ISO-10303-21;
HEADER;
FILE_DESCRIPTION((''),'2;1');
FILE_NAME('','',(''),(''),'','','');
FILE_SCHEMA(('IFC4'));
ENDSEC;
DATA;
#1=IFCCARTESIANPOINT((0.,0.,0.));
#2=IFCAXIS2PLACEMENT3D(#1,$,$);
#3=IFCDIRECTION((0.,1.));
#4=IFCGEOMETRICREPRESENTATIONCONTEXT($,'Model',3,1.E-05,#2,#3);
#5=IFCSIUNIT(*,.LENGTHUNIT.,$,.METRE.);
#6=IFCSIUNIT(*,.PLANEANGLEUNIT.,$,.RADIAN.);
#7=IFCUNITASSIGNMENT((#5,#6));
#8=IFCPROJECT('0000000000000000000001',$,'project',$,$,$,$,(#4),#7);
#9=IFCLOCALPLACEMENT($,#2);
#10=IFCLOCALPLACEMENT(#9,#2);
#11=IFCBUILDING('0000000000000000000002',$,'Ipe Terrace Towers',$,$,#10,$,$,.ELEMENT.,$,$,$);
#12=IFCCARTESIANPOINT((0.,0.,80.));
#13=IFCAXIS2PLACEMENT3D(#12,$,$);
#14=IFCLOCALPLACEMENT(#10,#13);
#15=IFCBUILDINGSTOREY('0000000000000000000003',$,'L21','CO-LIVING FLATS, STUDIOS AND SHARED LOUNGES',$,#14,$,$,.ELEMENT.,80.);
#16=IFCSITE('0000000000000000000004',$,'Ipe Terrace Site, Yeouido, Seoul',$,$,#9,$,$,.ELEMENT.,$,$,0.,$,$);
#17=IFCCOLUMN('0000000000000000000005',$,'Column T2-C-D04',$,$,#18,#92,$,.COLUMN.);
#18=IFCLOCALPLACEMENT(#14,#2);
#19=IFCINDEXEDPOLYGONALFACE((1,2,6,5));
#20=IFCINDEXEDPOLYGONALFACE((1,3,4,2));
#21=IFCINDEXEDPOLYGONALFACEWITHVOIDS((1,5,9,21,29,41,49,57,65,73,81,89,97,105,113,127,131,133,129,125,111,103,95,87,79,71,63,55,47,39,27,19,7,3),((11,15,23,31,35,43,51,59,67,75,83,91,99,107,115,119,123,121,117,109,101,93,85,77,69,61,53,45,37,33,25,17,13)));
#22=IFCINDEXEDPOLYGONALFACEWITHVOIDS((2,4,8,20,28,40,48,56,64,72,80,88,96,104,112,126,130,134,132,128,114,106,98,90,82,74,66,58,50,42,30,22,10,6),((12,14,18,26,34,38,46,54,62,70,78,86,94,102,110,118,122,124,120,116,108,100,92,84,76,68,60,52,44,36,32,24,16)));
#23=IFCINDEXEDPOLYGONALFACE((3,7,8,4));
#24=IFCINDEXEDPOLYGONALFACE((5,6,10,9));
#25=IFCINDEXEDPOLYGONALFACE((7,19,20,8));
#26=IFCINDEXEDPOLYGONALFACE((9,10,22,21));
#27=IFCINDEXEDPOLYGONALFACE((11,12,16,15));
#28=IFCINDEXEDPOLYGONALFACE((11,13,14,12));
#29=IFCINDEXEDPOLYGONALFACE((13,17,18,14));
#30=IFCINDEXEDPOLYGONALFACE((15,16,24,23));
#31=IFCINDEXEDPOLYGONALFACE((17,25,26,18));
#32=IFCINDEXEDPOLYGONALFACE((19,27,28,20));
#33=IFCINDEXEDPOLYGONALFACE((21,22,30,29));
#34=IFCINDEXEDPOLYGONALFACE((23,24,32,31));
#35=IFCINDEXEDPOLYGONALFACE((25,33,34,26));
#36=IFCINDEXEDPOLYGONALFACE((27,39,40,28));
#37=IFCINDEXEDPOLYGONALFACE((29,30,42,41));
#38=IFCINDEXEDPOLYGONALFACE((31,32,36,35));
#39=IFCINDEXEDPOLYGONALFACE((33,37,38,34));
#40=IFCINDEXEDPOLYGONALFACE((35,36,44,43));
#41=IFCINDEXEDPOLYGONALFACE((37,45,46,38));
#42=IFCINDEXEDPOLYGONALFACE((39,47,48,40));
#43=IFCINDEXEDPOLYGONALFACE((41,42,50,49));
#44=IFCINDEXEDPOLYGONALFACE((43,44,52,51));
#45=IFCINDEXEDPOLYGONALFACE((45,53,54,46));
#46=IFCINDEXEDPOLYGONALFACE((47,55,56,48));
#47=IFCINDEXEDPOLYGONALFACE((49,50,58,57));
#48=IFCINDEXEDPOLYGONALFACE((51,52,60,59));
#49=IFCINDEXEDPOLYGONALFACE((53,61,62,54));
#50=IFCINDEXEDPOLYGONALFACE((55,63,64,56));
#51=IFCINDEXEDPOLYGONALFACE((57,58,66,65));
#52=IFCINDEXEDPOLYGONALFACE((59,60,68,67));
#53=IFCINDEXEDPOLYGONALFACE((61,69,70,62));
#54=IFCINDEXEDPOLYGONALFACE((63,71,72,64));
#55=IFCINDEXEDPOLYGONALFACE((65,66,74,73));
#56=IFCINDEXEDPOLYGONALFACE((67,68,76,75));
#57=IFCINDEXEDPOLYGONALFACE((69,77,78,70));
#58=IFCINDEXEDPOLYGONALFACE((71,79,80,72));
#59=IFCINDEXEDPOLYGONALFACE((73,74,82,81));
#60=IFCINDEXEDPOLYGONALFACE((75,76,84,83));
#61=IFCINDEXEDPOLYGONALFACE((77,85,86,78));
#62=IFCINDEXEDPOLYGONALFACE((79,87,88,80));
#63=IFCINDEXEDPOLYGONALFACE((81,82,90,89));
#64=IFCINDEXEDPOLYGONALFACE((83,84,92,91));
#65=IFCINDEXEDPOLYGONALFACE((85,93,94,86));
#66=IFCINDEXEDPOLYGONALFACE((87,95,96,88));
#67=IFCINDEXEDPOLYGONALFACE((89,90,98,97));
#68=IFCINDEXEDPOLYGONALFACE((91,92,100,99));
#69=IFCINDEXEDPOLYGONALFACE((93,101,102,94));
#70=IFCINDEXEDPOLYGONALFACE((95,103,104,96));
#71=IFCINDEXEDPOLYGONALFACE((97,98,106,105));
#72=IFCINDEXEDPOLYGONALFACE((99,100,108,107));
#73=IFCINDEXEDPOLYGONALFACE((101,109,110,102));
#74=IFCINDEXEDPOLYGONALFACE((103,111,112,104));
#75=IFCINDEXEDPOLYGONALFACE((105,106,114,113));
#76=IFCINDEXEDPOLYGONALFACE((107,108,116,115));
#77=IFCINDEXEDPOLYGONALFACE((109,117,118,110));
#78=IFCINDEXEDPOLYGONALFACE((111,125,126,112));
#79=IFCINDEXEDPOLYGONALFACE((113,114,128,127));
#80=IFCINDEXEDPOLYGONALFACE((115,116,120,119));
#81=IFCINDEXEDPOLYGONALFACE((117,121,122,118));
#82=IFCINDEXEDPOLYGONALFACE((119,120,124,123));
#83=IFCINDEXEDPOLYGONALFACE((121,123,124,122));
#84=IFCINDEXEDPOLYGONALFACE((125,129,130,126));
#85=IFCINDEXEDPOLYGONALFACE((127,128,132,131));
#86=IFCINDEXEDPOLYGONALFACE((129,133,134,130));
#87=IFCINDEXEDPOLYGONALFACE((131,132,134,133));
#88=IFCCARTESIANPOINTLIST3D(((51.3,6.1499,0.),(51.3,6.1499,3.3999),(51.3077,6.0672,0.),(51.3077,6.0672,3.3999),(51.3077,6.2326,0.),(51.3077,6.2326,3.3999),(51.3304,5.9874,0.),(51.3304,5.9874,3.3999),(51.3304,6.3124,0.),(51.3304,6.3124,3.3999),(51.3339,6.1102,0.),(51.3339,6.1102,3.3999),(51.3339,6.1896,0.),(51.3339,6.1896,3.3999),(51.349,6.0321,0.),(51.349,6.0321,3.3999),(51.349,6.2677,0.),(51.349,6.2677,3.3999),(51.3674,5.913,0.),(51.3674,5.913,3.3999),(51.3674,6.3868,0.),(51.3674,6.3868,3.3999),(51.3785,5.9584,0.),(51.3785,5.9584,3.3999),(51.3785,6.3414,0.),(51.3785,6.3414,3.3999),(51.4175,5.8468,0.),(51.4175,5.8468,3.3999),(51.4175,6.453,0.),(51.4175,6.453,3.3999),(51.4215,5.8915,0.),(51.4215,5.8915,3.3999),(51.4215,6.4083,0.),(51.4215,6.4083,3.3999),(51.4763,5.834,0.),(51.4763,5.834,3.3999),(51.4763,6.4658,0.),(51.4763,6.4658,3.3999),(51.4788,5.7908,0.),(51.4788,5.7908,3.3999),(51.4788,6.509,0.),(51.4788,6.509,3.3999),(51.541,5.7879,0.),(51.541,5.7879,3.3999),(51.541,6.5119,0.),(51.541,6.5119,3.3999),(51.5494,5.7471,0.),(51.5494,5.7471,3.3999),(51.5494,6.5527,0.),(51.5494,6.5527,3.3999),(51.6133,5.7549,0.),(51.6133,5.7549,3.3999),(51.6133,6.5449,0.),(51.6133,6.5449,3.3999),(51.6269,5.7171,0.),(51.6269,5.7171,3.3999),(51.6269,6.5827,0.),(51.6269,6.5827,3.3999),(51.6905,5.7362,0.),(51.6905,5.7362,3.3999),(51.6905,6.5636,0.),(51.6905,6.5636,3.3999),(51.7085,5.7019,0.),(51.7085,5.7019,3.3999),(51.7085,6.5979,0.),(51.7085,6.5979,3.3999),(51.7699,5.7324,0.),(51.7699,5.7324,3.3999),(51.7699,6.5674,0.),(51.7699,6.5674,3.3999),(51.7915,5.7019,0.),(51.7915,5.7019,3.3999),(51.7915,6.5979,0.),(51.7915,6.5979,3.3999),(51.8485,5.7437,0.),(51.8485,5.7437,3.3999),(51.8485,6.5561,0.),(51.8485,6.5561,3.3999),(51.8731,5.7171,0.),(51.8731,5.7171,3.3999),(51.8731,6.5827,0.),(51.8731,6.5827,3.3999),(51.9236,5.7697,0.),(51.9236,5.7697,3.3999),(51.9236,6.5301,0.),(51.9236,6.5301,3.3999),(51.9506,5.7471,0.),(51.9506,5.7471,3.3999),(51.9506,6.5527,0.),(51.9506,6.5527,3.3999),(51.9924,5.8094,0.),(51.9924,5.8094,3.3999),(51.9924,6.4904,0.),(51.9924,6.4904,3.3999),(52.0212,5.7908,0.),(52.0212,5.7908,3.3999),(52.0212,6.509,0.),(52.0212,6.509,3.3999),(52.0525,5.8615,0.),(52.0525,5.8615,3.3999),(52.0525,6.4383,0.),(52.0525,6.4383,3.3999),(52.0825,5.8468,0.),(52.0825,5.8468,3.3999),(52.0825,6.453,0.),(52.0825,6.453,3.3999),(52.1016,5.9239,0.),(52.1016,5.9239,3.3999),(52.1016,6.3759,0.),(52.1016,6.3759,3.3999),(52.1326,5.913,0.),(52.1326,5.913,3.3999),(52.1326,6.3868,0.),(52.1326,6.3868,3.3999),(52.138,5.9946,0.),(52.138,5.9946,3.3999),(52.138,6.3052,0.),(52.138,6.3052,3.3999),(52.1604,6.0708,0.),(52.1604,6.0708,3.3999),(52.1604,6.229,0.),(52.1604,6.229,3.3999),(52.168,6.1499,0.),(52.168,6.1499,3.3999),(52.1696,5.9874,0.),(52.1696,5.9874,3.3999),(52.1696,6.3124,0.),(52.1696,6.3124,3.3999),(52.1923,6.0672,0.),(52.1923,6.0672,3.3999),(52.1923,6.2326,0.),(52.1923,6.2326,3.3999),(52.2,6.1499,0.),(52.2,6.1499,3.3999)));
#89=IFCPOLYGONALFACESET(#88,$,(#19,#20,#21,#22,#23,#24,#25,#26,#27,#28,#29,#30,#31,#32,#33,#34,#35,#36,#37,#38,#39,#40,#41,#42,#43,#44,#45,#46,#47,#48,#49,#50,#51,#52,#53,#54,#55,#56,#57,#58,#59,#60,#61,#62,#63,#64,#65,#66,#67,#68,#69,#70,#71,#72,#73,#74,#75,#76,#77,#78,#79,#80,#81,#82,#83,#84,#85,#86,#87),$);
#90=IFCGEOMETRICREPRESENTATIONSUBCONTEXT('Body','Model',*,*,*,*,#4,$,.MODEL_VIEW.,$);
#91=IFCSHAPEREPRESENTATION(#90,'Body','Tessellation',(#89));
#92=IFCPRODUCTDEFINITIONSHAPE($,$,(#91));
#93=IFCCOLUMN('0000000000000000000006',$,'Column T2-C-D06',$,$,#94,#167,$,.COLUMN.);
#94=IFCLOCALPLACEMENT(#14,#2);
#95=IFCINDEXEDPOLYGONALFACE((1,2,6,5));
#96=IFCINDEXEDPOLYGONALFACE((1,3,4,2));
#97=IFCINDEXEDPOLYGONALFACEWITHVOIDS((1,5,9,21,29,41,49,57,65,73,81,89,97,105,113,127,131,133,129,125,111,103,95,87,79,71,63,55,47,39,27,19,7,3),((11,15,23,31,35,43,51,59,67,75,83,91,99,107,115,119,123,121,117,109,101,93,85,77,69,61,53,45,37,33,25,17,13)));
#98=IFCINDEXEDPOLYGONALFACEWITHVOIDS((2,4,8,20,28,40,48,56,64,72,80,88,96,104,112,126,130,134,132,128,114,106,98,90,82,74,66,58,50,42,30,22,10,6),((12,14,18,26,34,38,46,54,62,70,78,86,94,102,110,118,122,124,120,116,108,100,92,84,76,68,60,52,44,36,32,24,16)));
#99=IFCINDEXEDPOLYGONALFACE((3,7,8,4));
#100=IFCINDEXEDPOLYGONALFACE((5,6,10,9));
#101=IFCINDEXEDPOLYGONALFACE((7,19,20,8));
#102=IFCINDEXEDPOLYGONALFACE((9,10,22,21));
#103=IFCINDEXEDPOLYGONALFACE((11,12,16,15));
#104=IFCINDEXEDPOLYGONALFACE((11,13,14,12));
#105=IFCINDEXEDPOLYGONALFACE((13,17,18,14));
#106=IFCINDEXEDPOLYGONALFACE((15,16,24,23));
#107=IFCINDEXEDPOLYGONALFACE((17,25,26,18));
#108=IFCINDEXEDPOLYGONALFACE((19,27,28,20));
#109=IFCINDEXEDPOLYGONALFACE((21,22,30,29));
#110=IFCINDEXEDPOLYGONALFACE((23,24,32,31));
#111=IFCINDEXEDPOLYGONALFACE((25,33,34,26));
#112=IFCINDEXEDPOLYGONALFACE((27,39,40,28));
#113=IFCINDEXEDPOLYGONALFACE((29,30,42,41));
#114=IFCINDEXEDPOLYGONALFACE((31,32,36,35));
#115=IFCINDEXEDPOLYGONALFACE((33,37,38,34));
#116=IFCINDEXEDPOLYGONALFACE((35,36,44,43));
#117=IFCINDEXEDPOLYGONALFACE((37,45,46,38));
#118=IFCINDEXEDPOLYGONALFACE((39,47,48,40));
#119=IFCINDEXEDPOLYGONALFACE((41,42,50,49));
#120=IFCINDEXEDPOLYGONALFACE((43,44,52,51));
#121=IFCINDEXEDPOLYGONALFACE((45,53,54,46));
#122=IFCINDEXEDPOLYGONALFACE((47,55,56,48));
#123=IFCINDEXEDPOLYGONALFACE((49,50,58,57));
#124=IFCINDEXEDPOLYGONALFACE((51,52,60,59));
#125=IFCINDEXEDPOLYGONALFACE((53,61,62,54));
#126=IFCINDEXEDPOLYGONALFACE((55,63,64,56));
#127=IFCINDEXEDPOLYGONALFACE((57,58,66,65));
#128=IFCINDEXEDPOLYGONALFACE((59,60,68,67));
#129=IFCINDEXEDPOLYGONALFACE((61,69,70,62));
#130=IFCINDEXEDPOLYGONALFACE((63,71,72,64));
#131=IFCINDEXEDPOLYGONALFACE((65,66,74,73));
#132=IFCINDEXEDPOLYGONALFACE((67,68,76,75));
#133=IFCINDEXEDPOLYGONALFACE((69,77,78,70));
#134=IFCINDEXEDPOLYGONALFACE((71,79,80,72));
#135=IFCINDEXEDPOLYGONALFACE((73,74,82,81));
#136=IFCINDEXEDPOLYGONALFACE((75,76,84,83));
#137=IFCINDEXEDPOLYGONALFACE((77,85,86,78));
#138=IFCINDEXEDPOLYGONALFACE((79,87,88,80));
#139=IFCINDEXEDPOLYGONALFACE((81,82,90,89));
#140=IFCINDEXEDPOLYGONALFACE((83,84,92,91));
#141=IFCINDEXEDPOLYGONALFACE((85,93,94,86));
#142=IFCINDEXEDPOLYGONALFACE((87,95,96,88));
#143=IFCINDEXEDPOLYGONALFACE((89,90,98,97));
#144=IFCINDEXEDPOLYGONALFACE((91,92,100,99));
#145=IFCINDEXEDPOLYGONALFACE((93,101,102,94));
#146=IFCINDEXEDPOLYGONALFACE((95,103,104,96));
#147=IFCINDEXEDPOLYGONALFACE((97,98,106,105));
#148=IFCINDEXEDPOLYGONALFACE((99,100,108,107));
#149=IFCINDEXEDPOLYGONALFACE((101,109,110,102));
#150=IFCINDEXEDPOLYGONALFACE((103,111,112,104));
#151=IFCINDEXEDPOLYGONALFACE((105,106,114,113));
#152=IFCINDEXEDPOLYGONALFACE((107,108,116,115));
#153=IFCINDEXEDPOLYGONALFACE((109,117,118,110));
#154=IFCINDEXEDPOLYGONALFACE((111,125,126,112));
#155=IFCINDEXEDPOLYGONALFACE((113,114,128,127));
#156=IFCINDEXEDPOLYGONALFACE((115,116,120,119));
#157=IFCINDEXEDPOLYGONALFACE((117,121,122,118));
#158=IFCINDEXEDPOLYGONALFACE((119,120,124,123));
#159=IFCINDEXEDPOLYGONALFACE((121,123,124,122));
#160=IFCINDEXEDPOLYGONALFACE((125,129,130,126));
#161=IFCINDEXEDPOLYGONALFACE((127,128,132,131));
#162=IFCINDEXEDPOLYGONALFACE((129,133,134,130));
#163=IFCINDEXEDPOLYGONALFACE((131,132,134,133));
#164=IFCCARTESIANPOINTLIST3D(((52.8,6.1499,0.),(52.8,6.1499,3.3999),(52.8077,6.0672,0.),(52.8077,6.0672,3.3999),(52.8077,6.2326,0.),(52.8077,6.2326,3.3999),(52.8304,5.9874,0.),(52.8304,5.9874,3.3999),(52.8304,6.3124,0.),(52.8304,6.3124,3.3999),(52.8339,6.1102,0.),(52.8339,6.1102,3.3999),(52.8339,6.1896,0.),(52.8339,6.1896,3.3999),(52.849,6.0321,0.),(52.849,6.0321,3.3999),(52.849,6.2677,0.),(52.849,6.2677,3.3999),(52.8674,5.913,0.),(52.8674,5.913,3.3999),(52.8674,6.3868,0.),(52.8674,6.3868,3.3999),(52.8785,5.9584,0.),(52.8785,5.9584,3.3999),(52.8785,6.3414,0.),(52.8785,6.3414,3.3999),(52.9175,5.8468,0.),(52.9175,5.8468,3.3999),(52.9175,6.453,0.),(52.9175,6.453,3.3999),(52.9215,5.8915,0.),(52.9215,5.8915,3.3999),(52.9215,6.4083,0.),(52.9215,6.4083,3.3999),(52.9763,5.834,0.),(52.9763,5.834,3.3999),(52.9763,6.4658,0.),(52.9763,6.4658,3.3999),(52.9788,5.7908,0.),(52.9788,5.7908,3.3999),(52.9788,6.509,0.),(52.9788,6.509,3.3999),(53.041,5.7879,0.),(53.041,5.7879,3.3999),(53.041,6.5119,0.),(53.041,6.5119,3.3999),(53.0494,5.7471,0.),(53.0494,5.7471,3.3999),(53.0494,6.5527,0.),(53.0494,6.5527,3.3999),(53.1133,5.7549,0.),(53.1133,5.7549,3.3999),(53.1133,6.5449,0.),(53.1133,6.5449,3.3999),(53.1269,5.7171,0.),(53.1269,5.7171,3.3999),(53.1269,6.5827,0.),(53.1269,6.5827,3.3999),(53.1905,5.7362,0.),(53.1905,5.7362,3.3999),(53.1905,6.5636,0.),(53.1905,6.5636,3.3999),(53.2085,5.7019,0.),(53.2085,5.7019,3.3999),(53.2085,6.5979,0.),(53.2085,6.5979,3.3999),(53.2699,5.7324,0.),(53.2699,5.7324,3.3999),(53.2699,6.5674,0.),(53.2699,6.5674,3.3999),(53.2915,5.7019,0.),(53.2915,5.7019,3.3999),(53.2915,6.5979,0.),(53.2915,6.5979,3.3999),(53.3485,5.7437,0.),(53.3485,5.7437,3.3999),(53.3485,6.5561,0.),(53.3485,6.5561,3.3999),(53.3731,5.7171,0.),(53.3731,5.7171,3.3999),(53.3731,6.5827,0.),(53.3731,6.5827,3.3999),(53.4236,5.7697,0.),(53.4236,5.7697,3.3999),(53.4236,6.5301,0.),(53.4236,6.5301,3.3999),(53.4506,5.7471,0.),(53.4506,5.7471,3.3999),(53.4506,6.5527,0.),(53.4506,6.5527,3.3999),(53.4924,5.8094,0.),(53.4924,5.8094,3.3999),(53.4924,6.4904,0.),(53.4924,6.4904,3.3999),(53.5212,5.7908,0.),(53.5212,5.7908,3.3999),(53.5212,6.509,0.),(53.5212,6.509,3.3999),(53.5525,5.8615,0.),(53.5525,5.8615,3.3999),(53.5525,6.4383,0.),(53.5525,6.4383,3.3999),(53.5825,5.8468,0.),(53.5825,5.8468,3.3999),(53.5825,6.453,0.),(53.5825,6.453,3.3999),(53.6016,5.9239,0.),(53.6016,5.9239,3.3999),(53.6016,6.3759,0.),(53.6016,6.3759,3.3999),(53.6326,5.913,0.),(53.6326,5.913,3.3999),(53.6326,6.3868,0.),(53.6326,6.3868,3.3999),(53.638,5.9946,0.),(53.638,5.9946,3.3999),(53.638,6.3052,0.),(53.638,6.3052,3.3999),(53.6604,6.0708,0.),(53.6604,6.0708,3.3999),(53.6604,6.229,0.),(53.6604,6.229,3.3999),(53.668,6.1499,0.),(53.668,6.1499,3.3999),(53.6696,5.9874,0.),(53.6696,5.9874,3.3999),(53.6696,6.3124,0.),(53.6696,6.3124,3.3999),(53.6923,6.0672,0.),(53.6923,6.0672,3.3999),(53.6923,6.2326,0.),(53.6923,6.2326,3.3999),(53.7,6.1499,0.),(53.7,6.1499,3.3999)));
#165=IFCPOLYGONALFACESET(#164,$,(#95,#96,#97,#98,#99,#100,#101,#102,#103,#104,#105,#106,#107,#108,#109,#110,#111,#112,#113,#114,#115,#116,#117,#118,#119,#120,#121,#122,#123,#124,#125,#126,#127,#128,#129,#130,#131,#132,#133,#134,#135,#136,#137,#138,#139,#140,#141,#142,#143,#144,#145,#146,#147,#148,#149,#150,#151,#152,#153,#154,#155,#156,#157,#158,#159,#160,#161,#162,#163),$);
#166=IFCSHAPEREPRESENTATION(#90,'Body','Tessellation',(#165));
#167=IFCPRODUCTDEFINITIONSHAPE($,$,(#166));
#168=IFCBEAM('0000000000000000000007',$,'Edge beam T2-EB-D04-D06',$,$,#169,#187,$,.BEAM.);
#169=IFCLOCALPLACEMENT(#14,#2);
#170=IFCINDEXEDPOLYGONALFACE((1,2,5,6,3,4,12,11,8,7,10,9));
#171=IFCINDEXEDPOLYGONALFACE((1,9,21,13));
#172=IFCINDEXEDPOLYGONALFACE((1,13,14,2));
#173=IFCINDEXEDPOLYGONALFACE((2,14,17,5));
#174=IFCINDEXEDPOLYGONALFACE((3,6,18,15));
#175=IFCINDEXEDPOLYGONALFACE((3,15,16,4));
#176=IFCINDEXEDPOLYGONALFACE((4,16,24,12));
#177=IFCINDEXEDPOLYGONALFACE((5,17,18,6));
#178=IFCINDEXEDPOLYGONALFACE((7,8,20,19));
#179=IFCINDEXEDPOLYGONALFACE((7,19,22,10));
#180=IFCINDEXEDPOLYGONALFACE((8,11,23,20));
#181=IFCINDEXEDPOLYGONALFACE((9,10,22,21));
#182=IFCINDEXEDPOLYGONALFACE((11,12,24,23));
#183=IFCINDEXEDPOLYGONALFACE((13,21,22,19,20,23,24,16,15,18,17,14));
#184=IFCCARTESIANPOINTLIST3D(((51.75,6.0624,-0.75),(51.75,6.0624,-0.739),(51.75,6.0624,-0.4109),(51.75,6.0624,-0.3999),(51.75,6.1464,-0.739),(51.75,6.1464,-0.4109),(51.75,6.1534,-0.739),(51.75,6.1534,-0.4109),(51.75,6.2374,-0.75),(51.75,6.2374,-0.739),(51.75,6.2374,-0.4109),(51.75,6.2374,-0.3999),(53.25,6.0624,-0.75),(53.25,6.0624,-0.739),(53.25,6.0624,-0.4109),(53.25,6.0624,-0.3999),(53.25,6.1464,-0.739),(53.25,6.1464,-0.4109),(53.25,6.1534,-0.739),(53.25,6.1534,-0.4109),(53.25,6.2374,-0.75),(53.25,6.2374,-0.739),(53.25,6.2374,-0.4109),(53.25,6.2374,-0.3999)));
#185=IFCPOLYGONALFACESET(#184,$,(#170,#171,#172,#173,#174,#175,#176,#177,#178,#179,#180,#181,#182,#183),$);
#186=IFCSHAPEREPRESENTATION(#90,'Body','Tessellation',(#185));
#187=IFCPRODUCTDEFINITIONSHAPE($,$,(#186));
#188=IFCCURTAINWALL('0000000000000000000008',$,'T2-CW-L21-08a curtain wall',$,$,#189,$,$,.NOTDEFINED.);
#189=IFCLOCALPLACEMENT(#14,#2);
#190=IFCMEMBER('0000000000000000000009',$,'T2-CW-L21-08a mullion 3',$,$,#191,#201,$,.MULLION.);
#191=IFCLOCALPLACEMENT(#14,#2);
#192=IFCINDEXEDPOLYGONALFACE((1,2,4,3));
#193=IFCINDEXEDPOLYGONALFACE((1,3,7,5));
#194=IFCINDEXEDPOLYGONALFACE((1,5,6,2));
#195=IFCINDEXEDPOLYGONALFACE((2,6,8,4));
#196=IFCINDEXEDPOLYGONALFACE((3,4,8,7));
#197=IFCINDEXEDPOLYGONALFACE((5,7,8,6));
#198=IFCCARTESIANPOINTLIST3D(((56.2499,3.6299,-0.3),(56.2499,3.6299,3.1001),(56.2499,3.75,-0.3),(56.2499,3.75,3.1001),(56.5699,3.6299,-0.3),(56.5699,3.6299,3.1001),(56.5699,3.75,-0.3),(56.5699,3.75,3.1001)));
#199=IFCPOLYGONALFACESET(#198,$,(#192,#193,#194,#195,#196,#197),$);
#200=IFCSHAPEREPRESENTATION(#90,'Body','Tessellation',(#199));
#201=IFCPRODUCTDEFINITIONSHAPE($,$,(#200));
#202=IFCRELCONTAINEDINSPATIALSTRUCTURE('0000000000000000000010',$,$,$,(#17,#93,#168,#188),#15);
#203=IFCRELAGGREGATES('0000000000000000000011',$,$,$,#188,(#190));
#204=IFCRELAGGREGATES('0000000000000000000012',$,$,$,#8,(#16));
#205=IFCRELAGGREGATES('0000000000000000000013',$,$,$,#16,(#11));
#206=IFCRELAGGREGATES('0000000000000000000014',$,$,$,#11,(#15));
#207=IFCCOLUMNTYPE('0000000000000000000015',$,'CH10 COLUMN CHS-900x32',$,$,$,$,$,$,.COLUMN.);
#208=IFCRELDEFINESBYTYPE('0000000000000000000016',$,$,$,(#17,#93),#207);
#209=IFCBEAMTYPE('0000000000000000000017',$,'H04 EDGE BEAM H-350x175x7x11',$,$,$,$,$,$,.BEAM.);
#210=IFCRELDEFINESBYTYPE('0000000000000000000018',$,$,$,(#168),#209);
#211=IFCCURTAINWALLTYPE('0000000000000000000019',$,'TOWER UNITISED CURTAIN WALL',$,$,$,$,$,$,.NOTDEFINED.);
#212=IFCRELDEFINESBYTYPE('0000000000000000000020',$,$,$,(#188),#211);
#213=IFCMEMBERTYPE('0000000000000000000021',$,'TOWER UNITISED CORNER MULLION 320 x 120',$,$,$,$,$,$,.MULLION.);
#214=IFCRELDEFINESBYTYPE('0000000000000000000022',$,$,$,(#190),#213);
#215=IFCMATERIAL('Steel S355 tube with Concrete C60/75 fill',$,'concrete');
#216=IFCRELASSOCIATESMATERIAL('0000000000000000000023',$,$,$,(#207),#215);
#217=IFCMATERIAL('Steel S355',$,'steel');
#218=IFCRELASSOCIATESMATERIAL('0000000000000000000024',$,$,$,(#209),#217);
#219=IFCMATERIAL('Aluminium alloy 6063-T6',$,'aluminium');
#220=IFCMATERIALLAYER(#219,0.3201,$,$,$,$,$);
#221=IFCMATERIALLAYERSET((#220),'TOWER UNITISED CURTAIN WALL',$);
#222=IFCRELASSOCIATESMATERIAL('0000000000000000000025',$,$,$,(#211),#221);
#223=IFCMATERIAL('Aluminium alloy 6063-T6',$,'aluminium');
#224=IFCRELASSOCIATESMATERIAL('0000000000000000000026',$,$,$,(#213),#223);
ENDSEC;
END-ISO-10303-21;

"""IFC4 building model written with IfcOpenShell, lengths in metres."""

from ifc_helpers import new_model, si_unit, direction, frame, origin, origin_2d, place, context, subcontext, project, spatial, rectangle, hollow_circle, i_section, extrude, material, layer, layer_set, material_profile, profile_set, type_object, element, aggregate, save


model = new_model("IFC4")

# Units and contexts
model_context = context("Model", 3, precision=1e-05, world=origin(), true_north=direction((0.0, 1.0)))
body_context = subcontext(model_context, "Body", "Model", "MODEL_VIEW")
ifc_project = project(units=[si_unit("LENGTHUNIT", "METRE"), si_unit("PLANEANGLEUNIT", "RADIAN")], contexts=[model_context])

# Site, building, storey
site_placement = place(None, origin())
site = spatial("IfcSite", under=ifc_project, at=site_placement, Name="Ipe Terrace Site, Yeouido, Seoul", CompositionType="ELEMENT", RefElevation=0.0)
building_placement = place(site_placement, origin())
building = spatial("IfcBuilding", under=site, at=building_placement, Name="Ipe Terrace Towers", CompositionType="ELEMENT")
storey_placement = place(building_placement, frame((0.0, 0.0, 80.0)))
storey = spatial("IfcBuildingStorey", under=building, at=storey_placement, Name="L21", Description="CO-LIVING FLATS, STUDIOS AND SHARED LOUNGES", CompositionType="ELEMENT", Elevation=80.0)

# Columns
ifc_material_1 = material(Name="Steel S355 tube with Concrete C60/75 fill", Category="concrete")
ifc_material_profile_1 = material_profile(ifc_material_1, hollow_circle(Radius=0.45, WallThickness=0.032, at=origin_2d()), Name="CHS-900x32")
ifc_profile_set_1 = profile_set([ifc_material_profile_1], Name="Steel S355 tube with Concrete C60/75 fill")
column_type = type_object("IfcColumnType", Name="CH10 COLUMN CHS-900x32", PredefinedType="COLUMN", material=ifc_profile_set_1)
for number, where, z_axis, x_axis, name in (
    (1, (51.75, 6.1499, 0.0), (0.0, 0.0, 1.0), (1.0, 0.0, 0.0), "Column T2-C-D04"),
    (2, (53.25, 6.1499, 0.0), (0.0, 0.0, 1.0), (1.0, 0.0, 0.0), "Column T2-C-D06"),
):
    element("IfcColumn", number, at=place(storey_placement, frame(where, z_axis=z_axis, x_axis=x_axis)), inside=storey, type_object=column_type, Name=name, PredefinedType="COLUMN", context=body_context, shape_type="SweptSolid", body=[
        extrude(hollow_circle(Radius=0.45, WallThickness=0.032, at=origin_2d()), origin(), (0.0, 0.0, 1.0), 3.3999),
    ])

# Beam
ifc_material_2 = material(Name="Steel S355", Category="steel")
ifc_material_profile_2 = material_profile(ifc_material_2, i_section(OverallWidth=0.175, OverallDepth=0.3501, WebThickness=0.0071, FlangeThickness=0.011, at=origin_2d()), Name="H-350x175x7x11")
ifc_profile_set_2 = profile_set([ifc_material_profile_2], Name="Steel S355")
beam_type = type_object("IfcBeamType", Name="H04 EDGE BEAM H-350x175x7x11", PredefinedType="BEAM", material=ifc_profile_set_2)
beam_placement = place(storey_placement, frame((51.75, 6.1499, -0.575), z_axis=(1.0, 0.0, 0.0), x_axis=(0.0, 1.0, 0.0)))
element("IfcBeam", 3, at=beam_placement, inside=storey, type_object=beam_type, Name="Edge beam T2-EB-D04-D06", PredefinedType="BEAM", context=body_context, shape_type="SweptSolid", body=[
    extrude(i_section(OverallWidth=0.175, OverallDepth=0.3501, WebThickness=0.0071, FlangeThickness=0.011, at=origin_2d()), origin(), (0.0, 0.0, 1.0), 1.5),
])

# Curtain wall, member
ifc_material_3 = material(Name="Aluminium alloy 6063-T6", Category="aluminium")
ifc_layer_1 = layer(ifc_material_3, 0.3201)
ifc_layer_set_1 = layer_set([ifc_layer_1], Name="TOWER UNITISED CURTAIN WALL")
curtain_wall_type = type_object("IfcCurtainWallType", Name="TOWER UNITISED CURTAIN WALL", PredefinedType="NOTDEFINED", material=ifc_layer_set_1)
curtain_wall_1_placement = place(storey_placement, origin())
curtain_wall_1 = element("IfcCurtainWall", 4, at=curtain_wall_1_placement, inside=storey, type_object=curtain_wall_type, Name="T2-CW-L21-08a curtain wall", PredefinedType="NOTDEFINED")
ifc_material_4 = material(Name="Aluminium alloy 6063-T6", Category="aluminium")
ifc_material_profile_3 = material_profile(ifc_material_4, rectangle(XDim=0.3201, YDim=0.1201, at=origin_2d()), Name="TOWER UNITISED CORNER MULLION 320 x 120")
ifc_profile_set_3 = profile_set([ifc_material_profile_3], Name="Aluminium alloy 6063-T6")
member_type = type_object("IfcMemberType", Name="TOWER UNITISED CORNER MULLION 320 x 120", PredefinedType="MULLION", material=ifc_profile_set_3)
member_1_placement = place(storey_placement, frame((56.4099, 3.6899, -0.3), z_axis=(0.0, 0.0, 1.0), x_axis=(1.0, 0.0, 0.0)))
member_1 = element("IfcMember", 5, at=member_1_placement, type_object=member_type, Name="T2-CW-L21-08a mullion 3", PredefinedType="MULLION", context=body_context, shape_type="SweptSolid", body=[
    extrude(rectangle(XDim=0.3201, YDim=0.1201, at=origin_2d()), origin(), (0.0, 0.0, 1.0), 3.4001),
])

aggregate(curtain_wall_1, [member_1])

save(model, "model.ifc")
